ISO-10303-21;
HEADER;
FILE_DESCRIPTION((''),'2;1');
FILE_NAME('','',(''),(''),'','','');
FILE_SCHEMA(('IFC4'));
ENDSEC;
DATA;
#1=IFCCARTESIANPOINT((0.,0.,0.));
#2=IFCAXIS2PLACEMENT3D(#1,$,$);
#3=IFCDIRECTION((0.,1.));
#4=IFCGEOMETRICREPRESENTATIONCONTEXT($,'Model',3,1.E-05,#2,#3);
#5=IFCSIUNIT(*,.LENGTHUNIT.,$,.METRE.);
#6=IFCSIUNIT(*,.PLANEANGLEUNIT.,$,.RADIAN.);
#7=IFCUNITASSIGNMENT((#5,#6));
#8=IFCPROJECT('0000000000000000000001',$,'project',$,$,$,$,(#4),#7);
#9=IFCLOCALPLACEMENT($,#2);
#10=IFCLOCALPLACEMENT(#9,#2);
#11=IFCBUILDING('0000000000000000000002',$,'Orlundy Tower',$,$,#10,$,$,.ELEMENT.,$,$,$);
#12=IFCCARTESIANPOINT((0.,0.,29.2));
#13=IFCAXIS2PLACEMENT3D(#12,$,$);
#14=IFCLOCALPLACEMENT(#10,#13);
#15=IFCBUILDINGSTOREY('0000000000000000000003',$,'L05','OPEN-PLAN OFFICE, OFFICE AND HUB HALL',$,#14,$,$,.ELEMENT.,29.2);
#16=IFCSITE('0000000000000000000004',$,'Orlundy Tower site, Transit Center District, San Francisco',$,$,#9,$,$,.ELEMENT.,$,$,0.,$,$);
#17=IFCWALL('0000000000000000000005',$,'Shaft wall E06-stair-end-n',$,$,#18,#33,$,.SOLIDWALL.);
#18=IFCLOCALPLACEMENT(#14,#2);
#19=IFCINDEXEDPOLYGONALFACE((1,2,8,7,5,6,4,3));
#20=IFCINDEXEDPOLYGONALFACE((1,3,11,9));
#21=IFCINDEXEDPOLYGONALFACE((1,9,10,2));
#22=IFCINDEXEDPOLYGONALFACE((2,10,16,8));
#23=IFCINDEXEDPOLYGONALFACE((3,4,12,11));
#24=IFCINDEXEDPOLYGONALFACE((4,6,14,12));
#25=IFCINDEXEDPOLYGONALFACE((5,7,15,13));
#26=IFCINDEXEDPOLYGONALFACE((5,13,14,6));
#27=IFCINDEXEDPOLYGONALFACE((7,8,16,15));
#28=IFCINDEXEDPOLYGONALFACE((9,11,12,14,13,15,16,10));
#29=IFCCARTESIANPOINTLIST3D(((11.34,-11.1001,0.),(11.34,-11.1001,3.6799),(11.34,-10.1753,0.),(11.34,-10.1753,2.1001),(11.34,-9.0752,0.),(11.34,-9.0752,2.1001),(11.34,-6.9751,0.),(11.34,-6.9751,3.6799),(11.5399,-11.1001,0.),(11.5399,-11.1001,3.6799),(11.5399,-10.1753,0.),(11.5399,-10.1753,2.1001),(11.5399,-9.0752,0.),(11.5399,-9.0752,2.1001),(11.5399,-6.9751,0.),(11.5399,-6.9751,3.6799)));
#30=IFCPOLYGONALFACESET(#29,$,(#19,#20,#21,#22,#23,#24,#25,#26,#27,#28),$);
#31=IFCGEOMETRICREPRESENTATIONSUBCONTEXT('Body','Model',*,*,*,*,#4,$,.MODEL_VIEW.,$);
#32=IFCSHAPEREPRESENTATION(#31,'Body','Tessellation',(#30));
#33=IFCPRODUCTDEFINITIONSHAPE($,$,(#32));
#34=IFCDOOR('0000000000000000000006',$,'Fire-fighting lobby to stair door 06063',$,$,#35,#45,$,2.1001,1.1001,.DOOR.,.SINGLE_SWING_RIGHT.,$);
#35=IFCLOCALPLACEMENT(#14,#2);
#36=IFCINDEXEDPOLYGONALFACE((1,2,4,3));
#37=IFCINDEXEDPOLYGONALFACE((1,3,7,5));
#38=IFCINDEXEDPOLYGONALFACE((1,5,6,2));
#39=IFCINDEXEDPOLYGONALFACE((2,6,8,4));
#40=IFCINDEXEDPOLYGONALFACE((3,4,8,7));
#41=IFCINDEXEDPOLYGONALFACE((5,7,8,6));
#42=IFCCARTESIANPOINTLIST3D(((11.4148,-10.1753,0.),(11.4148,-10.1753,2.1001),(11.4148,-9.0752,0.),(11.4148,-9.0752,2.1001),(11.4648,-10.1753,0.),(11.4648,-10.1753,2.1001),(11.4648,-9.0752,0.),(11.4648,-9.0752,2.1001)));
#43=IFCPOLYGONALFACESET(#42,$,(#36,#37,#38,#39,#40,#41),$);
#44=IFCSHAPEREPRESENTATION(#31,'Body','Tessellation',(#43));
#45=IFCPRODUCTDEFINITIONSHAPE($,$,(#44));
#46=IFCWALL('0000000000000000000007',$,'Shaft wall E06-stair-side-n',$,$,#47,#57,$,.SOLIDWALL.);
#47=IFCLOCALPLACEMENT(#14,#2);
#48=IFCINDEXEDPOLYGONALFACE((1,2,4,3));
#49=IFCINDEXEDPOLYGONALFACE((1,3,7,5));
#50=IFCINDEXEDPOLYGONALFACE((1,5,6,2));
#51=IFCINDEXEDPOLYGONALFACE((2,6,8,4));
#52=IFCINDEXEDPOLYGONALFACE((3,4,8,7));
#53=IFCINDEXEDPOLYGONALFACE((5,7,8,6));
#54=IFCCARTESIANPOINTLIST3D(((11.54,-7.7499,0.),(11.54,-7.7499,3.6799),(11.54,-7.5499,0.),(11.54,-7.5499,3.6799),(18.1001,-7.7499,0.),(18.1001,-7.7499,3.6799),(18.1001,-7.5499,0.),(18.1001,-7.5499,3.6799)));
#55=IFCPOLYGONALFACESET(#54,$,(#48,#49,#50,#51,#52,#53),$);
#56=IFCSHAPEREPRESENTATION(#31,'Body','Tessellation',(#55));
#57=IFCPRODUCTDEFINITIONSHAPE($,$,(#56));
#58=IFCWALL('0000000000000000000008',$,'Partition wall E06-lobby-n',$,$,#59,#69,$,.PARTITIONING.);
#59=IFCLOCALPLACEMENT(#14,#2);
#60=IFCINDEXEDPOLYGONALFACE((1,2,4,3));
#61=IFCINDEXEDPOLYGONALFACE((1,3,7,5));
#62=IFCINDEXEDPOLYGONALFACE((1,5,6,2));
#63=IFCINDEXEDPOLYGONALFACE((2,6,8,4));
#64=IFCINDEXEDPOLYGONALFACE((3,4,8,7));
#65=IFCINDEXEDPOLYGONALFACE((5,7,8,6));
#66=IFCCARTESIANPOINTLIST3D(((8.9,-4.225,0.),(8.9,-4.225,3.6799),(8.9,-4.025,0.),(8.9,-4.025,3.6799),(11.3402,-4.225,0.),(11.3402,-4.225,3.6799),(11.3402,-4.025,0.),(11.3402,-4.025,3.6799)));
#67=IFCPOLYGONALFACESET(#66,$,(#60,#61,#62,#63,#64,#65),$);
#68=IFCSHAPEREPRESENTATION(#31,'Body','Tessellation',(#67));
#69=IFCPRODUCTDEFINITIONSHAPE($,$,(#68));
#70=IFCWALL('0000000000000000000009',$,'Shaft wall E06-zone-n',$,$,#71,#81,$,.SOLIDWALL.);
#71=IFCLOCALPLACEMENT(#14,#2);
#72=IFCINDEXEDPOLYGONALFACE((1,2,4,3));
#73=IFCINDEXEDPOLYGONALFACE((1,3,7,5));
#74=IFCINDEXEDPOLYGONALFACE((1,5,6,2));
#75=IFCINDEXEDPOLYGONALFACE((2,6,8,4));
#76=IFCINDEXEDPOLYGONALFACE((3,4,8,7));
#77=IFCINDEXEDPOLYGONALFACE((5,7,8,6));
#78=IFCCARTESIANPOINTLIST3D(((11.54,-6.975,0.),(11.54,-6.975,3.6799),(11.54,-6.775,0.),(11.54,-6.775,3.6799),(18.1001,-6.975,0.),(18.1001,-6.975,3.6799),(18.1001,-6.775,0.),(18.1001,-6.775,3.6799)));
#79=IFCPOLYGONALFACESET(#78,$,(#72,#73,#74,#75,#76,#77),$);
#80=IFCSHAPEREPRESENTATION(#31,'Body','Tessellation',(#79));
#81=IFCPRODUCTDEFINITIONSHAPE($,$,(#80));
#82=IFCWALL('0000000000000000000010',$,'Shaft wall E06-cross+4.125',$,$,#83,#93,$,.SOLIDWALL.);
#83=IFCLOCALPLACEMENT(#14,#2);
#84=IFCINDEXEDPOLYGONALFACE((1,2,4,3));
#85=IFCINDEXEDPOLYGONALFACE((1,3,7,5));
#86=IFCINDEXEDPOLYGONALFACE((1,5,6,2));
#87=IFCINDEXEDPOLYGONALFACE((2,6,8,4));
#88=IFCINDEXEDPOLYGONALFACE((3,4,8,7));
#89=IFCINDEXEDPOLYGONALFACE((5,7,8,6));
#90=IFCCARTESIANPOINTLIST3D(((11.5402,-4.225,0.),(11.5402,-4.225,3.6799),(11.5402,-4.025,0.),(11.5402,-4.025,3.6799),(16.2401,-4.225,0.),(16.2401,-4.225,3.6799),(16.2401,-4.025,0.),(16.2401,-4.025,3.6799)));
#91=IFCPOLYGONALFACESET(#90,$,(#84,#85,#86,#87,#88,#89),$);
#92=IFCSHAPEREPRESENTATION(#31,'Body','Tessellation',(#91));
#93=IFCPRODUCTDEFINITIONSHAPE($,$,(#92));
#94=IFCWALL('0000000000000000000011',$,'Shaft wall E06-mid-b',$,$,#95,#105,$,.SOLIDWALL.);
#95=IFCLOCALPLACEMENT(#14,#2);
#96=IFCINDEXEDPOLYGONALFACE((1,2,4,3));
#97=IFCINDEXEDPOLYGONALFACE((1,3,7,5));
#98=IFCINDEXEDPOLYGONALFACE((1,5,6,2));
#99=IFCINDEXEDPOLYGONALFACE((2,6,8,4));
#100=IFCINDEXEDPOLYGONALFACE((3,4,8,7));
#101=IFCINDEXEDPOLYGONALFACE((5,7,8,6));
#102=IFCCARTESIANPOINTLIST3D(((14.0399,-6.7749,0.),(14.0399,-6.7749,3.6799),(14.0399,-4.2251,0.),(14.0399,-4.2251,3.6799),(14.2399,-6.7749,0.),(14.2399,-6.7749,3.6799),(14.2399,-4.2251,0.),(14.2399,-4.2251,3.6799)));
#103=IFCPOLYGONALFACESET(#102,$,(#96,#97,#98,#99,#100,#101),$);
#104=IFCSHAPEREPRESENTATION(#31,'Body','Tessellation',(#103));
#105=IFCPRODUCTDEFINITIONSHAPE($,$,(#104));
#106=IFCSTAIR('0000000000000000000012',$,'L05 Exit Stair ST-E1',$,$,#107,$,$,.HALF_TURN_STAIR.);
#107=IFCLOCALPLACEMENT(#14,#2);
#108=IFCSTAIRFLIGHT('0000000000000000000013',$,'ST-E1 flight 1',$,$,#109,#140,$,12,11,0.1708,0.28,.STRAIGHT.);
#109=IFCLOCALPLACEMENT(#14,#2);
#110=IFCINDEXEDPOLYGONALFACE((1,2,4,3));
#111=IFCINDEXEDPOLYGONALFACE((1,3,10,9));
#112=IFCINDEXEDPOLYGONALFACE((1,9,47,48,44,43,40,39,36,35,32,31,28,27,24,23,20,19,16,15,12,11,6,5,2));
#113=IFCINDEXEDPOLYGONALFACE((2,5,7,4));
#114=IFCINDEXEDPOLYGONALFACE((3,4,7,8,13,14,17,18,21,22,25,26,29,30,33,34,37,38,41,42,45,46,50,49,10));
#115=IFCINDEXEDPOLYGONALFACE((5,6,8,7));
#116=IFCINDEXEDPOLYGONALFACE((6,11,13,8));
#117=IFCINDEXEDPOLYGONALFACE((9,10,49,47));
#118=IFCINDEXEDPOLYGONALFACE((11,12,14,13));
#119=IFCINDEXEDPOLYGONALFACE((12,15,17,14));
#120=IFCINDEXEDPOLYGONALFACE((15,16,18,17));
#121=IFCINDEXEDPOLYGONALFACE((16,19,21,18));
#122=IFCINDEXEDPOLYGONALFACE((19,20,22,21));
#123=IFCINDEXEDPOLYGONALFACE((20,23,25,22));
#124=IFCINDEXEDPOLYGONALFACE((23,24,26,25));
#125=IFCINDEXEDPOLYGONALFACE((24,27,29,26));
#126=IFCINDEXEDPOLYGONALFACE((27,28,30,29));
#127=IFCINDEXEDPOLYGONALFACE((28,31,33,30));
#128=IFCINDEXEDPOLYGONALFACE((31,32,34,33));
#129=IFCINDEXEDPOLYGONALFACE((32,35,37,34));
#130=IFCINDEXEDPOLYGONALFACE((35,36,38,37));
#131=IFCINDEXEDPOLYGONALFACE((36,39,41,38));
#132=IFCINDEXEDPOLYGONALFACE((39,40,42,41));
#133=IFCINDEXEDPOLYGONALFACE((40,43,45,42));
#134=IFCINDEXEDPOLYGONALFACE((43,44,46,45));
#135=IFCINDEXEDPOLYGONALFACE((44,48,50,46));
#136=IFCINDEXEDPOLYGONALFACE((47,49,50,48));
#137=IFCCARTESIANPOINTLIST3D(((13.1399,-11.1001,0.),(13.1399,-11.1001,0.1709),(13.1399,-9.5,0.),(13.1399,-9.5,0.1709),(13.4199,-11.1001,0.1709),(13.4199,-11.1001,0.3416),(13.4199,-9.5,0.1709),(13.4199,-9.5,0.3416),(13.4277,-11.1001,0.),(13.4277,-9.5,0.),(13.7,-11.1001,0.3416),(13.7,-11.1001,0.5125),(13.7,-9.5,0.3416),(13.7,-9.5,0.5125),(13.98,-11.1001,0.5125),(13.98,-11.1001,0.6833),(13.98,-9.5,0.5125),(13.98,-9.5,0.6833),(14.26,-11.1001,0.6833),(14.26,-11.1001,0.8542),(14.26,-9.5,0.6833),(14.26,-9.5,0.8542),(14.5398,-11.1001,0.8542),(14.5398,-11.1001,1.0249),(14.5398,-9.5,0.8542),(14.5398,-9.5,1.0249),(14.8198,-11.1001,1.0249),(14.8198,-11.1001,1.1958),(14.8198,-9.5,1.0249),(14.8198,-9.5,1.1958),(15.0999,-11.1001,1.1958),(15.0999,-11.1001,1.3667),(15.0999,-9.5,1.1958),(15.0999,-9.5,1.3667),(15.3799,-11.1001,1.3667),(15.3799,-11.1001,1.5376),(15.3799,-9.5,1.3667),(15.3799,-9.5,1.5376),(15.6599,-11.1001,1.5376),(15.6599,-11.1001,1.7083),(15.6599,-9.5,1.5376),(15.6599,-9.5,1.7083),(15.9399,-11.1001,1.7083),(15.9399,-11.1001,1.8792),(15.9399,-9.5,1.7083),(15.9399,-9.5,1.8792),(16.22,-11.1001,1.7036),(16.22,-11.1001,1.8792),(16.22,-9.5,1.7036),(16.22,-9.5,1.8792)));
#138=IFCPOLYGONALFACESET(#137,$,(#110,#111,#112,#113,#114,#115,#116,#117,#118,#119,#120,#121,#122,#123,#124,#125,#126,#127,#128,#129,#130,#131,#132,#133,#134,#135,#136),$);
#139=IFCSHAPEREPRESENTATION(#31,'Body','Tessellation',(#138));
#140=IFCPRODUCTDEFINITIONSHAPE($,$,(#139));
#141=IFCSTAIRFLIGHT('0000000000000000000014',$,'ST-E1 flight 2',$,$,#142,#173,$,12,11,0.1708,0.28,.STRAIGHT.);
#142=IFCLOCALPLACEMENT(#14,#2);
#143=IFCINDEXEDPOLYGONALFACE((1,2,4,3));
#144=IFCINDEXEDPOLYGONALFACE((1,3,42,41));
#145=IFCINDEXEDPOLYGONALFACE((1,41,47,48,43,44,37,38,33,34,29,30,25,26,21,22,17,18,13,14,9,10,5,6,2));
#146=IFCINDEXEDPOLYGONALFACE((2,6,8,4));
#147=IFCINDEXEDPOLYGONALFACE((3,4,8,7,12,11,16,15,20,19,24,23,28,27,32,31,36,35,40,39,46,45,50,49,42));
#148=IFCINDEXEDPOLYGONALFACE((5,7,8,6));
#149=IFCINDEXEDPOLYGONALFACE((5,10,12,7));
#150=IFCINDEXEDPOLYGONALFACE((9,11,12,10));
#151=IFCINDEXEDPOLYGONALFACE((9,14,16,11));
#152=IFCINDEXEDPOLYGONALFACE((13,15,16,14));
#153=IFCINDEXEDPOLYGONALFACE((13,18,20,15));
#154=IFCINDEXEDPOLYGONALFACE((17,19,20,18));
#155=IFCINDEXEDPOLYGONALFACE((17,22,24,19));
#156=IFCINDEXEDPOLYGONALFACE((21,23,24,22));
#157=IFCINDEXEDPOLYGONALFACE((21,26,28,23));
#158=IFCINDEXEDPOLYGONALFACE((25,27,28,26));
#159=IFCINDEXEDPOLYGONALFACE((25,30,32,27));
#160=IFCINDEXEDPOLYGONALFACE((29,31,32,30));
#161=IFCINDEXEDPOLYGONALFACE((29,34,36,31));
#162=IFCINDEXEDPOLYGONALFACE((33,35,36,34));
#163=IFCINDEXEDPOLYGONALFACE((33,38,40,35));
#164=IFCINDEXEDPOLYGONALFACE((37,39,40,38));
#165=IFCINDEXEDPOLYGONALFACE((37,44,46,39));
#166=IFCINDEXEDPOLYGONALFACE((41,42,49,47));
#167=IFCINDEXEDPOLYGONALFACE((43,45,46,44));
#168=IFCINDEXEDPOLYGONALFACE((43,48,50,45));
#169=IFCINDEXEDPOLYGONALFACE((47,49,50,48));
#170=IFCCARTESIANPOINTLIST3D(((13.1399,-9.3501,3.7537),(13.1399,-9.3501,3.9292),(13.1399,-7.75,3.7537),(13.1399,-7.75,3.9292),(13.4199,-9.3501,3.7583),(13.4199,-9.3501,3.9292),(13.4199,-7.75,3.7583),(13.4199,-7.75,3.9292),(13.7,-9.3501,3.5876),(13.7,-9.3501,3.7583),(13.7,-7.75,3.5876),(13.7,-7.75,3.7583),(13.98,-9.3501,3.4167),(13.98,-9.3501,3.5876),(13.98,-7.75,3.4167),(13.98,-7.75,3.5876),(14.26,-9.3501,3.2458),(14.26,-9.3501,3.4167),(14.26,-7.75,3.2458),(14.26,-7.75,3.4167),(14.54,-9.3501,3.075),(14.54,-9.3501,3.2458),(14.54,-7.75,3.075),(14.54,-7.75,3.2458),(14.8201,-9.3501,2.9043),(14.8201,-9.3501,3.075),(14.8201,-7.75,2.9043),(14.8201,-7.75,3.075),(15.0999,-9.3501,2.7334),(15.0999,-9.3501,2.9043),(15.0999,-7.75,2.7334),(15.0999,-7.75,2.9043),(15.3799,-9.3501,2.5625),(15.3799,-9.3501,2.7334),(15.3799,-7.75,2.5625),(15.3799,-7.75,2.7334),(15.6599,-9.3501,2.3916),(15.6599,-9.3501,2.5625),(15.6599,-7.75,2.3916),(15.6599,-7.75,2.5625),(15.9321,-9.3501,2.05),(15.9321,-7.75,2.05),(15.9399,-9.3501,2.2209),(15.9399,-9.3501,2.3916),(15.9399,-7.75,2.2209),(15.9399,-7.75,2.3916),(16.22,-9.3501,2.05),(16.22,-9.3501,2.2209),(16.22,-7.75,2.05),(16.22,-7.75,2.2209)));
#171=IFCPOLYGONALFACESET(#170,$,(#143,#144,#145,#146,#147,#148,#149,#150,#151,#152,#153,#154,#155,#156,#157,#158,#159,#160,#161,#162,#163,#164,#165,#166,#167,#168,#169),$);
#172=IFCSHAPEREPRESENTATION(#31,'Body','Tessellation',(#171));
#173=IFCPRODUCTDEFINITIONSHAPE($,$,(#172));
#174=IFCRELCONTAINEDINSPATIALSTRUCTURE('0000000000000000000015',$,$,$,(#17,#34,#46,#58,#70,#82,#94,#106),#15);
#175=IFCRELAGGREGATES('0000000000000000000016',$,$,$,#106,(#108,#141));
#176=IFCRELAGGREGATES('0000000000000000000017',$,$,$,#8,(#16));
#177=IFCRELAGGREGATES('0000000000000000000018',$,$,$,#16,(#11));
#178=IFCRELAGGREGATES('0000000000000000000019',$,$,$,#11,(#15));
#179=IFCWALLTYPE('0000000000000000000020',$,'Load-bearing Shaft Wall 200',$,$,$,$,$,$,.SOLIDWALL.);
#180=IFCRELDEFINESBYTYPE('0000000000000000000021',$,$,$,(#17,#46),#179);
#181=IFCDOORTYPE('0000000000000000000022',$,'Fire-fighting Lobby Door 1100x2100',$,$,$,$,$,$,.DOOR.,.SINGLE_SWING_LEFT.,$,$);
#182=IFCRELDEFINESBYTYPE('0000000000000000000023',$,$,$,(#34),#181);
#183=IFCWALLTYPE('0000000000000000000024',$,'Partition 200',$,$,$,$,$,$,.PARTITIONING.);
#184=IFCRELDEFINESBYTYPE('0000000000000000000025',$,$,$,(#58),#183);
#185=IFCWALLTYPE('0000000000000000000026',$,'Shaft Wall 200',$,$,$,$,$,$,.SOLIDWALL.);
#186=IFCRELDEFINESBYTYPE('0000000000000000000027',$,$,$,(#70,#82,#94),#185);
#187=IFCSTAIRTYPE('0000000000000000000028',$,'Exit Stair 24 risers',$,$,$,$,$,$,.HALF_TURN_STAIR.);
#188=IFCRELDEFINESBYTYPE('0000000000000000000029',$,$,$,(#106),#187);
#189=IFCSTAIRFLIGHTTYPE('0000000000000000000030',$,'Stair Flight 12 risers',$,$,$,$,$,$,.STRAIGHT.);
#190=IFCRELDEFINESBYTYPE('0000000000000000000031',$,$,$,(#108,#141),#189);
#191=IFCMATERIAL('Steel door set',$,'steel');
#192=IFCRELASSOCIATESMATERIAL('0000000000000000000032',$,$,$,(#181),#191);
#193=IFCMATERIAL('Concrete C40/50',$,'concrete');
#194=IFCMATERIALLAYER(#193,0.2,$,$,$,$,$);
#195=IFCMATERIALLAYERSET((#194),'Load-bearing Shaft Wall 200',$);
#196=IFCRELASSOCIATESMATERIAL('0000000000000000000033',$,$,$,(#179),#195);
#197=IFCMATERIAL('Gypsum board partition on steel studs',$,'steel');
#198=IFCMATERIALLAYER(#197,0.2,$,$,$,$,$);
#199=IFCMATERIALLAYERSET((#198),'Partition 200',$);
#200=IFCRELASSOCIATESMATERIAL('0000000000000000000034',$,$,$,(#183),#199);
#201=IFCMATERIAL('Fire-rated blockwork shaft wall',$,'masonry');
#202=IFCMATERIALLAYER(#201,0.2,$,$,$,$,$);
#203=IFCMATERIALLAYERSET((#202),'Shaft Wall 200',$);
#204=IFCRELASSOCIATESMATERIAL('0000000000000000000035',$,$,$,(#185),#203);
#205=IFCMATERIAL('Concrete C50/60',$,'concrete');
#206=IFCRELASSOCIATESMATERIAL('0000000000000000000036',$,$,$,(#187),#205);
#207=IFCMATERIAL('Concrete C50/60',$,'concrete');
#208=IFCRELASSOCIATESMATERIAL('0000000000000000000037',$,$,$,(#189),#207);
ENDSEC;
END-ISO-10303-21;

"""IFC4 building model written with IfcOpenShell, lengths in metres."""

from ifc_helpers import new_model, si_unit, direction, frame, frame_2d, origin, place, context, subcontext, project, spatial, polyline, rectangle, outline, extrude, material, layer, layer_set, type_object, element, fill, aggregate, save


model = new_model("IFC4")

# Units and contexts
model_context = context("Model", 3, precision=1e-05, world=origin(), true_north=direction((0.0, 1.0)))
body_context = subcontext(model_context, "Body", "Model", "MODEL_VIEW")
ifc_project = project(units=[si_unit("LENGTHUNIT", "METRE"), si_unit("PLANEANGLEUNIT", "RADIAN")], contexts=[model_context])

# Site, building, storey
site_placement = place(None, origin())
site = spatial("IfcSite", under=ifc_project, at=site_placement, Name="Orlundy Tower site, Transit Center District, San Francisco", CompositionType="ELEMENT", RefElevation=0.0)
building_placement = place(site_placement, origin())
building = spatial("IfcBuilding", under=site, at=building_placement, Name="Orlundy Tower", CompositionType="ELEMENT")
storey_placement = place(building_placement, frame((0.0, 0.0, 29.2)))
storey = spatial("IfcBuildingStorey", under=building, at=storey_placement, Name="L05", Description="OPEN-PLAN OFFICE, OFFICE AND HUB HALL", CompositionType="ELEMENT", Elevation=29.2)

# Shared definitions
ifc_material_1 = material(Name="Steel door set", Category="steel")
door_type_1 = type_object("IfcDoorType", Name="Fire-fighting Lobby Door 1100x2100", OperationType="SINGLE_SWING_LEFT", PredefinedType="DOOR", material=ifc_material_1)

# Wall, opening, door
ifc_material_2 = material(Name="Concrete C40/50", Category="concrete")
ifc_layer_1 = layer(ifc_material_2, 0.2)
ifc_layer_set_1 = layer_set([ifc_layer_1], Name="Load-bearing Shaft Wall 200")
wall_type_1 = type_object("IfcWallType", Name="Load-bearing Shaft Wall 200", PredefinedType="SOLIDWALL", material=ifc_layer_set_1)
wall_1_placement = place(storey_placement, frame((11.4399, -6.9751, 0.0), z_axis=(0.0, 0.0, 1.0), x_axis=(0.0, -1.0, 0.0)))
wall_1 = element("IfcWall", 1, at=wall_1_placement, inside=storey, type_object=wall_type_1, Name="Shaft wall E06-stair-end-n", PredefinedType="SOLIDWALL", context=body_context, shape_type="SweptSolid", body=[
    extrude(rectangle(XDim=4.125, YDim=0.2, at=frame_2d((2.0625, 0.0))), origin(), (0.0, 0.0, 1.0), 3.6799),
])
opening_1_placement = place(wall_1_placement, frame((2.1001, 0.0, 0.0)))
opening_1 = element("IfcOpeningElement", 2, at=opening_1_placement, cuts=wall_1, PredefinedType="OPENING", context=body_context, shape_type="SweptSolid", body=[
    extrude(rectangle(XDim=1.1001, YDim=2.1001, at=frame_2d((0.55, 1.05))), frame((0.0, 0.1101, 0.0), z_axis=(0.0, -1.0, 0.0), x_axis=(1.0, 0.0, 0.0)), (0.0, 0.0, 1.0), 0.2202),
])
door_1_placement = place(opening_1_placement, origin())
door_1 = element("IfcDoor", 3, at=door_1_placement, inside=storey, type_object=door_type_1, Name="Fire-fighting lobby to stair door 06063", OperationType="SINGLE_SWING_RIGHT", OverallHeight=2.1001, OverallWidth=1.1001, PredefinedType="DOOR", context=body_context, shape_type="SweptSolid", body=[
    extrude(rectangle(XDim=1.1001, YDim=2.1001, at=frame_2d((0.55, 1.05))), frame((0.0, 0.0249, 0.0), z_axis=(0.0, -1.0, 0.0), x_axis=(1.0, 0.0, 0.0)), (0.0, 0.0, 1.0), 0.05),
])
fill(opening_1, door_1)

# Walls
wall_2_placement = place(storey_placement, frame((11.54, -7.6499, 0.0), z_axis=(0.0, 0.0, 1.0), x_axis=(1.0, 0.0, 0.0)))
element("IfcWall", 4, at=wall_2_placement, inside=storey, type_object=wall_type_1, Name="Shaft wall E06-stair-side-n", PredefinedType="SOLIDWALL", context=body_context, shape_type="SweptSolid", body=[
    extrude(rectangle(XDim=6.5601, YDim=0.2, at=frame_2d((3.28, 0.0))), origin(), (0.0, 0.0, 1.0), 3.6799),
])
ifc_material_3 = material(Name="Gypsum board partition on steel studs", Category="steel")
ifc_layer_2 = layer(ifc_material_3, 0.2)
ifc_layer_set_2 = layer_set([ifc_layer_2], Name="Partition 200")
wall_type_2 = type_object("IfcWallType", Name="Partition 200", PredefinedType="PARTITIONING", material=ifc_layer_set_2)
wall_3_placement = place(storey_placement, frame((8.8999, -4.125, 0.0), z_axis=(0.0, 0.0, 1.0), x_axis=(1.0, 0.0, 0.0)))
element("IfcWall", 5, at=wall_3_placement, inside=storey, type_object=wall_type_2, Name="Partition wall E06-lobby-n", PredefinedType="PARTITIONING", context=body_context, shape_type="SweptSolid", body=[
    extrude(rectangle(XDim=2.4402, YDim=0.2, at=frame_2d((1.2202, 0.0))), origin(), (0.0, 0.0, 1.0), 3.6799),
])
ifc_material_4 = material(Name="Fire-rated blockwork shaft wall", Category="masonry")
ifc_layer_3 = layer(ifc_material_4, 0.2)
ifc_layer_set_3 = layer_set([ifc_layer_3], Name="Shaft Wall 200")
wall_type_3 = type_object("IfcWallType", Name="Shaft Wall 200", PredefinedType="SOLIDWALL", material=ifc_layer_set_3)
wall_4_placement = place(storey_placement, frame((11.54, -6.875, 0.0), z_axis=(0.0, 0.0, 1.0), x_axis=(1.0, 0.0, 0.0)))
element("IfcWall", 6, at=wall_4_placement, inside=storey, type_object=wall_type_3, Name="Shaft wall E06-zone-n", PredefinedType="SOLIDWALL", context=body_context, shape_type="SweptSolid", body=[
    extrude(rectangle(XDim=6.5601, YDim=0.2, at=frame_2d((3.28, 0.0))), origin(), (0.0, 0.0, 1.0), 3.6799),
])
wall_5_placement = place(storey_placement, frame((11.54, -4.125, 0.0), z_axis=(0.0, 0.0, 1.0), x_axis=(1.0, 0.0, 0.0)))
element("IfcWall", 7, at=wall_5_placement, inside=storey, type_object=wall_type_3, Name="Shaft wall E06-cross+4.125", PredefinedType="SOLIDWALL", context=body_context, shape_type="SweptSolid", body=[
    extrude(rectangle(XDim=4.7, YDim=0.2, at=frame_2d((2.3501, 0.0))), origin(), (0.0, 0.0, 1.0), 3.6799),
])
wall_6_placement = place(storey_placement, frame((14.1399, -4.2251, 0.0), z_axis=(0.0, 0.0, 1.0), x_axis=(0.0, -1.0, 0.0)))
element("IfcWall", 8, at=wall_6_placement, inside=storey, type_object=wall_type_3, Name="Shaft wall E06-mid-b", PredefinedType="SOLIDWALL", context=body_context, shape_type="SweptSolid", body=[
    extrude(rectangle(XDim=2.5498, YDim=0.2, at=frame_2d((1.2749, 0.0))), origin(), (0.0, 0.0, 1.0), 3.6799),
])

# Stair, stair flights
ifc_material_5 = material(Name="Concrete C50/60", Category="concrete")
stair_type = type_object("IfcStairType", Name="Exit Stair 24 risers", PredefinedType="HALF_TURN_STAIR", material=ifc_material_5)
stair_placement = place(storey_placement, origin())
stair = element("IfcStair", 9, at=stair_placement, inside=storey, type_object=stair_type, Name="L05 Exit Stair ST-E1", PredefinedType="HALF_TURN_STAIR")
ifc_material_6 = material(Name="Concrete C50/60", Category="concrete")
stair_flight_type = type_object("IfcStairFlightType", Name="Stair Flight 12 risers", PredefinedType="STRAIGHT", material=ifc_material_6)
stair_flight_1_placement = place(storey_placement, frame((13.1399, -10.3, 0.0), z_axis=(0.0, 0.0, 1.0), x_axis=(1.0, 0.0, 0.0)))
stair_flight_1 = element("IfcStairFlight", 10, at=stair_flight_1_placement, type_object=stair_flight_type, Name="ST-E1 flight 1", NumberOfRisers=12, NumberOfTreads=11, PredefinedType="STRAIGHT", RiserHeight=0.1708, TreadLength=0.28, context=body_context, shape_type="SweptSolid", body=[
    extrude(outline(polyline([(0.0, 0.0), (0.0, 0.1709), (0.28, 0.1709), (0.28, 0.3416), (0.5601, 0.3416), (0.5601, 0.5125), (0.8401, 0.5125), (0.8401, 0.6833), (1.1201, 0.6833), (1.1201, 0.8542), (1.3999, 0.8542), (1.3999, 1.0249), (1.6799, 1.0249), (1.6799, 1.1958), (1.96, 1.1958), (1.96, 1.3667), (2.24, 1.3667), (2.24, 1.5376), (2.52, 1.5376), (2.52, 1.7083), (2.8, 1.7083), (2.8, 1.8792), (3.0801, 1.8792), (3.0801, 2.05), (3.0801, 1.7036), (0.2878, 0.0), (0.0, 0.0)])), frame((0.0, 0.8, 0.0), z_axis=(0.0, -1.0, 0.0), x_axis=(1.0, 0.0, 0.0)), (0.0, 0.0, 1.0), 1.6001),
])
stair_flight_2_placement = place(storey_placement, frame((16.22, -8.55, 2.05), z_axis=(0.0, 0.0, 1.0), x_axis=(-1.0, 0.0, 0.0)))
stair_flight_2 = element("IfcStairFlight", 11, at=stair_flight_2_placement, type_object=stair_flight_type, Name="ST-E1 flight 2", NumberOfRisers=12, NumberOfTreads=11, PredefinedType="STRAIGHT", RiserHeight=0.1708, TreadLength=0.28, context=body_context, shape_type="SweptSolid", body=[
    extrude(outline(polyline([(0.0, 0.0), (0.0, 0.1709), (0.28, 0.1709), (0.28, 0.3416), (0.5601, 0.3416), (0.5601, 0.5125), (0.8401, 0.5125), (0.8401, 0.6833), (1.1201, 0.6833), (1.1201, 0.8542), (1.3999, 0.8542), (1.3999, 1.0249), (1.6799, 1.0249), (1.6799, 1.1958), (1.96, 1.1958), (1.96, 1.3667), (2.24, 1.3667), (2.24, 1.5376), (2.52, 1.5376), (2.52, 1.7083), (2.8, 1.7083), (2.8, 1.8792), (3.0801, 1.8792), (3.0801, 2.05), (3.0801, 1.7036), (0.2878, 0.0), (0.0, 0.0)])), frame((0.0, 0.8, 0.0), z_axis=(0.0, -1.0, 0.0), x_axis=(1.0, 0.0, 0.0)), (0.0, 0.0, 1.0), 1.6001),
])
aggregate(stair, [stair_flight_1, stair_flight_2])

save(model, "model.ifc")
